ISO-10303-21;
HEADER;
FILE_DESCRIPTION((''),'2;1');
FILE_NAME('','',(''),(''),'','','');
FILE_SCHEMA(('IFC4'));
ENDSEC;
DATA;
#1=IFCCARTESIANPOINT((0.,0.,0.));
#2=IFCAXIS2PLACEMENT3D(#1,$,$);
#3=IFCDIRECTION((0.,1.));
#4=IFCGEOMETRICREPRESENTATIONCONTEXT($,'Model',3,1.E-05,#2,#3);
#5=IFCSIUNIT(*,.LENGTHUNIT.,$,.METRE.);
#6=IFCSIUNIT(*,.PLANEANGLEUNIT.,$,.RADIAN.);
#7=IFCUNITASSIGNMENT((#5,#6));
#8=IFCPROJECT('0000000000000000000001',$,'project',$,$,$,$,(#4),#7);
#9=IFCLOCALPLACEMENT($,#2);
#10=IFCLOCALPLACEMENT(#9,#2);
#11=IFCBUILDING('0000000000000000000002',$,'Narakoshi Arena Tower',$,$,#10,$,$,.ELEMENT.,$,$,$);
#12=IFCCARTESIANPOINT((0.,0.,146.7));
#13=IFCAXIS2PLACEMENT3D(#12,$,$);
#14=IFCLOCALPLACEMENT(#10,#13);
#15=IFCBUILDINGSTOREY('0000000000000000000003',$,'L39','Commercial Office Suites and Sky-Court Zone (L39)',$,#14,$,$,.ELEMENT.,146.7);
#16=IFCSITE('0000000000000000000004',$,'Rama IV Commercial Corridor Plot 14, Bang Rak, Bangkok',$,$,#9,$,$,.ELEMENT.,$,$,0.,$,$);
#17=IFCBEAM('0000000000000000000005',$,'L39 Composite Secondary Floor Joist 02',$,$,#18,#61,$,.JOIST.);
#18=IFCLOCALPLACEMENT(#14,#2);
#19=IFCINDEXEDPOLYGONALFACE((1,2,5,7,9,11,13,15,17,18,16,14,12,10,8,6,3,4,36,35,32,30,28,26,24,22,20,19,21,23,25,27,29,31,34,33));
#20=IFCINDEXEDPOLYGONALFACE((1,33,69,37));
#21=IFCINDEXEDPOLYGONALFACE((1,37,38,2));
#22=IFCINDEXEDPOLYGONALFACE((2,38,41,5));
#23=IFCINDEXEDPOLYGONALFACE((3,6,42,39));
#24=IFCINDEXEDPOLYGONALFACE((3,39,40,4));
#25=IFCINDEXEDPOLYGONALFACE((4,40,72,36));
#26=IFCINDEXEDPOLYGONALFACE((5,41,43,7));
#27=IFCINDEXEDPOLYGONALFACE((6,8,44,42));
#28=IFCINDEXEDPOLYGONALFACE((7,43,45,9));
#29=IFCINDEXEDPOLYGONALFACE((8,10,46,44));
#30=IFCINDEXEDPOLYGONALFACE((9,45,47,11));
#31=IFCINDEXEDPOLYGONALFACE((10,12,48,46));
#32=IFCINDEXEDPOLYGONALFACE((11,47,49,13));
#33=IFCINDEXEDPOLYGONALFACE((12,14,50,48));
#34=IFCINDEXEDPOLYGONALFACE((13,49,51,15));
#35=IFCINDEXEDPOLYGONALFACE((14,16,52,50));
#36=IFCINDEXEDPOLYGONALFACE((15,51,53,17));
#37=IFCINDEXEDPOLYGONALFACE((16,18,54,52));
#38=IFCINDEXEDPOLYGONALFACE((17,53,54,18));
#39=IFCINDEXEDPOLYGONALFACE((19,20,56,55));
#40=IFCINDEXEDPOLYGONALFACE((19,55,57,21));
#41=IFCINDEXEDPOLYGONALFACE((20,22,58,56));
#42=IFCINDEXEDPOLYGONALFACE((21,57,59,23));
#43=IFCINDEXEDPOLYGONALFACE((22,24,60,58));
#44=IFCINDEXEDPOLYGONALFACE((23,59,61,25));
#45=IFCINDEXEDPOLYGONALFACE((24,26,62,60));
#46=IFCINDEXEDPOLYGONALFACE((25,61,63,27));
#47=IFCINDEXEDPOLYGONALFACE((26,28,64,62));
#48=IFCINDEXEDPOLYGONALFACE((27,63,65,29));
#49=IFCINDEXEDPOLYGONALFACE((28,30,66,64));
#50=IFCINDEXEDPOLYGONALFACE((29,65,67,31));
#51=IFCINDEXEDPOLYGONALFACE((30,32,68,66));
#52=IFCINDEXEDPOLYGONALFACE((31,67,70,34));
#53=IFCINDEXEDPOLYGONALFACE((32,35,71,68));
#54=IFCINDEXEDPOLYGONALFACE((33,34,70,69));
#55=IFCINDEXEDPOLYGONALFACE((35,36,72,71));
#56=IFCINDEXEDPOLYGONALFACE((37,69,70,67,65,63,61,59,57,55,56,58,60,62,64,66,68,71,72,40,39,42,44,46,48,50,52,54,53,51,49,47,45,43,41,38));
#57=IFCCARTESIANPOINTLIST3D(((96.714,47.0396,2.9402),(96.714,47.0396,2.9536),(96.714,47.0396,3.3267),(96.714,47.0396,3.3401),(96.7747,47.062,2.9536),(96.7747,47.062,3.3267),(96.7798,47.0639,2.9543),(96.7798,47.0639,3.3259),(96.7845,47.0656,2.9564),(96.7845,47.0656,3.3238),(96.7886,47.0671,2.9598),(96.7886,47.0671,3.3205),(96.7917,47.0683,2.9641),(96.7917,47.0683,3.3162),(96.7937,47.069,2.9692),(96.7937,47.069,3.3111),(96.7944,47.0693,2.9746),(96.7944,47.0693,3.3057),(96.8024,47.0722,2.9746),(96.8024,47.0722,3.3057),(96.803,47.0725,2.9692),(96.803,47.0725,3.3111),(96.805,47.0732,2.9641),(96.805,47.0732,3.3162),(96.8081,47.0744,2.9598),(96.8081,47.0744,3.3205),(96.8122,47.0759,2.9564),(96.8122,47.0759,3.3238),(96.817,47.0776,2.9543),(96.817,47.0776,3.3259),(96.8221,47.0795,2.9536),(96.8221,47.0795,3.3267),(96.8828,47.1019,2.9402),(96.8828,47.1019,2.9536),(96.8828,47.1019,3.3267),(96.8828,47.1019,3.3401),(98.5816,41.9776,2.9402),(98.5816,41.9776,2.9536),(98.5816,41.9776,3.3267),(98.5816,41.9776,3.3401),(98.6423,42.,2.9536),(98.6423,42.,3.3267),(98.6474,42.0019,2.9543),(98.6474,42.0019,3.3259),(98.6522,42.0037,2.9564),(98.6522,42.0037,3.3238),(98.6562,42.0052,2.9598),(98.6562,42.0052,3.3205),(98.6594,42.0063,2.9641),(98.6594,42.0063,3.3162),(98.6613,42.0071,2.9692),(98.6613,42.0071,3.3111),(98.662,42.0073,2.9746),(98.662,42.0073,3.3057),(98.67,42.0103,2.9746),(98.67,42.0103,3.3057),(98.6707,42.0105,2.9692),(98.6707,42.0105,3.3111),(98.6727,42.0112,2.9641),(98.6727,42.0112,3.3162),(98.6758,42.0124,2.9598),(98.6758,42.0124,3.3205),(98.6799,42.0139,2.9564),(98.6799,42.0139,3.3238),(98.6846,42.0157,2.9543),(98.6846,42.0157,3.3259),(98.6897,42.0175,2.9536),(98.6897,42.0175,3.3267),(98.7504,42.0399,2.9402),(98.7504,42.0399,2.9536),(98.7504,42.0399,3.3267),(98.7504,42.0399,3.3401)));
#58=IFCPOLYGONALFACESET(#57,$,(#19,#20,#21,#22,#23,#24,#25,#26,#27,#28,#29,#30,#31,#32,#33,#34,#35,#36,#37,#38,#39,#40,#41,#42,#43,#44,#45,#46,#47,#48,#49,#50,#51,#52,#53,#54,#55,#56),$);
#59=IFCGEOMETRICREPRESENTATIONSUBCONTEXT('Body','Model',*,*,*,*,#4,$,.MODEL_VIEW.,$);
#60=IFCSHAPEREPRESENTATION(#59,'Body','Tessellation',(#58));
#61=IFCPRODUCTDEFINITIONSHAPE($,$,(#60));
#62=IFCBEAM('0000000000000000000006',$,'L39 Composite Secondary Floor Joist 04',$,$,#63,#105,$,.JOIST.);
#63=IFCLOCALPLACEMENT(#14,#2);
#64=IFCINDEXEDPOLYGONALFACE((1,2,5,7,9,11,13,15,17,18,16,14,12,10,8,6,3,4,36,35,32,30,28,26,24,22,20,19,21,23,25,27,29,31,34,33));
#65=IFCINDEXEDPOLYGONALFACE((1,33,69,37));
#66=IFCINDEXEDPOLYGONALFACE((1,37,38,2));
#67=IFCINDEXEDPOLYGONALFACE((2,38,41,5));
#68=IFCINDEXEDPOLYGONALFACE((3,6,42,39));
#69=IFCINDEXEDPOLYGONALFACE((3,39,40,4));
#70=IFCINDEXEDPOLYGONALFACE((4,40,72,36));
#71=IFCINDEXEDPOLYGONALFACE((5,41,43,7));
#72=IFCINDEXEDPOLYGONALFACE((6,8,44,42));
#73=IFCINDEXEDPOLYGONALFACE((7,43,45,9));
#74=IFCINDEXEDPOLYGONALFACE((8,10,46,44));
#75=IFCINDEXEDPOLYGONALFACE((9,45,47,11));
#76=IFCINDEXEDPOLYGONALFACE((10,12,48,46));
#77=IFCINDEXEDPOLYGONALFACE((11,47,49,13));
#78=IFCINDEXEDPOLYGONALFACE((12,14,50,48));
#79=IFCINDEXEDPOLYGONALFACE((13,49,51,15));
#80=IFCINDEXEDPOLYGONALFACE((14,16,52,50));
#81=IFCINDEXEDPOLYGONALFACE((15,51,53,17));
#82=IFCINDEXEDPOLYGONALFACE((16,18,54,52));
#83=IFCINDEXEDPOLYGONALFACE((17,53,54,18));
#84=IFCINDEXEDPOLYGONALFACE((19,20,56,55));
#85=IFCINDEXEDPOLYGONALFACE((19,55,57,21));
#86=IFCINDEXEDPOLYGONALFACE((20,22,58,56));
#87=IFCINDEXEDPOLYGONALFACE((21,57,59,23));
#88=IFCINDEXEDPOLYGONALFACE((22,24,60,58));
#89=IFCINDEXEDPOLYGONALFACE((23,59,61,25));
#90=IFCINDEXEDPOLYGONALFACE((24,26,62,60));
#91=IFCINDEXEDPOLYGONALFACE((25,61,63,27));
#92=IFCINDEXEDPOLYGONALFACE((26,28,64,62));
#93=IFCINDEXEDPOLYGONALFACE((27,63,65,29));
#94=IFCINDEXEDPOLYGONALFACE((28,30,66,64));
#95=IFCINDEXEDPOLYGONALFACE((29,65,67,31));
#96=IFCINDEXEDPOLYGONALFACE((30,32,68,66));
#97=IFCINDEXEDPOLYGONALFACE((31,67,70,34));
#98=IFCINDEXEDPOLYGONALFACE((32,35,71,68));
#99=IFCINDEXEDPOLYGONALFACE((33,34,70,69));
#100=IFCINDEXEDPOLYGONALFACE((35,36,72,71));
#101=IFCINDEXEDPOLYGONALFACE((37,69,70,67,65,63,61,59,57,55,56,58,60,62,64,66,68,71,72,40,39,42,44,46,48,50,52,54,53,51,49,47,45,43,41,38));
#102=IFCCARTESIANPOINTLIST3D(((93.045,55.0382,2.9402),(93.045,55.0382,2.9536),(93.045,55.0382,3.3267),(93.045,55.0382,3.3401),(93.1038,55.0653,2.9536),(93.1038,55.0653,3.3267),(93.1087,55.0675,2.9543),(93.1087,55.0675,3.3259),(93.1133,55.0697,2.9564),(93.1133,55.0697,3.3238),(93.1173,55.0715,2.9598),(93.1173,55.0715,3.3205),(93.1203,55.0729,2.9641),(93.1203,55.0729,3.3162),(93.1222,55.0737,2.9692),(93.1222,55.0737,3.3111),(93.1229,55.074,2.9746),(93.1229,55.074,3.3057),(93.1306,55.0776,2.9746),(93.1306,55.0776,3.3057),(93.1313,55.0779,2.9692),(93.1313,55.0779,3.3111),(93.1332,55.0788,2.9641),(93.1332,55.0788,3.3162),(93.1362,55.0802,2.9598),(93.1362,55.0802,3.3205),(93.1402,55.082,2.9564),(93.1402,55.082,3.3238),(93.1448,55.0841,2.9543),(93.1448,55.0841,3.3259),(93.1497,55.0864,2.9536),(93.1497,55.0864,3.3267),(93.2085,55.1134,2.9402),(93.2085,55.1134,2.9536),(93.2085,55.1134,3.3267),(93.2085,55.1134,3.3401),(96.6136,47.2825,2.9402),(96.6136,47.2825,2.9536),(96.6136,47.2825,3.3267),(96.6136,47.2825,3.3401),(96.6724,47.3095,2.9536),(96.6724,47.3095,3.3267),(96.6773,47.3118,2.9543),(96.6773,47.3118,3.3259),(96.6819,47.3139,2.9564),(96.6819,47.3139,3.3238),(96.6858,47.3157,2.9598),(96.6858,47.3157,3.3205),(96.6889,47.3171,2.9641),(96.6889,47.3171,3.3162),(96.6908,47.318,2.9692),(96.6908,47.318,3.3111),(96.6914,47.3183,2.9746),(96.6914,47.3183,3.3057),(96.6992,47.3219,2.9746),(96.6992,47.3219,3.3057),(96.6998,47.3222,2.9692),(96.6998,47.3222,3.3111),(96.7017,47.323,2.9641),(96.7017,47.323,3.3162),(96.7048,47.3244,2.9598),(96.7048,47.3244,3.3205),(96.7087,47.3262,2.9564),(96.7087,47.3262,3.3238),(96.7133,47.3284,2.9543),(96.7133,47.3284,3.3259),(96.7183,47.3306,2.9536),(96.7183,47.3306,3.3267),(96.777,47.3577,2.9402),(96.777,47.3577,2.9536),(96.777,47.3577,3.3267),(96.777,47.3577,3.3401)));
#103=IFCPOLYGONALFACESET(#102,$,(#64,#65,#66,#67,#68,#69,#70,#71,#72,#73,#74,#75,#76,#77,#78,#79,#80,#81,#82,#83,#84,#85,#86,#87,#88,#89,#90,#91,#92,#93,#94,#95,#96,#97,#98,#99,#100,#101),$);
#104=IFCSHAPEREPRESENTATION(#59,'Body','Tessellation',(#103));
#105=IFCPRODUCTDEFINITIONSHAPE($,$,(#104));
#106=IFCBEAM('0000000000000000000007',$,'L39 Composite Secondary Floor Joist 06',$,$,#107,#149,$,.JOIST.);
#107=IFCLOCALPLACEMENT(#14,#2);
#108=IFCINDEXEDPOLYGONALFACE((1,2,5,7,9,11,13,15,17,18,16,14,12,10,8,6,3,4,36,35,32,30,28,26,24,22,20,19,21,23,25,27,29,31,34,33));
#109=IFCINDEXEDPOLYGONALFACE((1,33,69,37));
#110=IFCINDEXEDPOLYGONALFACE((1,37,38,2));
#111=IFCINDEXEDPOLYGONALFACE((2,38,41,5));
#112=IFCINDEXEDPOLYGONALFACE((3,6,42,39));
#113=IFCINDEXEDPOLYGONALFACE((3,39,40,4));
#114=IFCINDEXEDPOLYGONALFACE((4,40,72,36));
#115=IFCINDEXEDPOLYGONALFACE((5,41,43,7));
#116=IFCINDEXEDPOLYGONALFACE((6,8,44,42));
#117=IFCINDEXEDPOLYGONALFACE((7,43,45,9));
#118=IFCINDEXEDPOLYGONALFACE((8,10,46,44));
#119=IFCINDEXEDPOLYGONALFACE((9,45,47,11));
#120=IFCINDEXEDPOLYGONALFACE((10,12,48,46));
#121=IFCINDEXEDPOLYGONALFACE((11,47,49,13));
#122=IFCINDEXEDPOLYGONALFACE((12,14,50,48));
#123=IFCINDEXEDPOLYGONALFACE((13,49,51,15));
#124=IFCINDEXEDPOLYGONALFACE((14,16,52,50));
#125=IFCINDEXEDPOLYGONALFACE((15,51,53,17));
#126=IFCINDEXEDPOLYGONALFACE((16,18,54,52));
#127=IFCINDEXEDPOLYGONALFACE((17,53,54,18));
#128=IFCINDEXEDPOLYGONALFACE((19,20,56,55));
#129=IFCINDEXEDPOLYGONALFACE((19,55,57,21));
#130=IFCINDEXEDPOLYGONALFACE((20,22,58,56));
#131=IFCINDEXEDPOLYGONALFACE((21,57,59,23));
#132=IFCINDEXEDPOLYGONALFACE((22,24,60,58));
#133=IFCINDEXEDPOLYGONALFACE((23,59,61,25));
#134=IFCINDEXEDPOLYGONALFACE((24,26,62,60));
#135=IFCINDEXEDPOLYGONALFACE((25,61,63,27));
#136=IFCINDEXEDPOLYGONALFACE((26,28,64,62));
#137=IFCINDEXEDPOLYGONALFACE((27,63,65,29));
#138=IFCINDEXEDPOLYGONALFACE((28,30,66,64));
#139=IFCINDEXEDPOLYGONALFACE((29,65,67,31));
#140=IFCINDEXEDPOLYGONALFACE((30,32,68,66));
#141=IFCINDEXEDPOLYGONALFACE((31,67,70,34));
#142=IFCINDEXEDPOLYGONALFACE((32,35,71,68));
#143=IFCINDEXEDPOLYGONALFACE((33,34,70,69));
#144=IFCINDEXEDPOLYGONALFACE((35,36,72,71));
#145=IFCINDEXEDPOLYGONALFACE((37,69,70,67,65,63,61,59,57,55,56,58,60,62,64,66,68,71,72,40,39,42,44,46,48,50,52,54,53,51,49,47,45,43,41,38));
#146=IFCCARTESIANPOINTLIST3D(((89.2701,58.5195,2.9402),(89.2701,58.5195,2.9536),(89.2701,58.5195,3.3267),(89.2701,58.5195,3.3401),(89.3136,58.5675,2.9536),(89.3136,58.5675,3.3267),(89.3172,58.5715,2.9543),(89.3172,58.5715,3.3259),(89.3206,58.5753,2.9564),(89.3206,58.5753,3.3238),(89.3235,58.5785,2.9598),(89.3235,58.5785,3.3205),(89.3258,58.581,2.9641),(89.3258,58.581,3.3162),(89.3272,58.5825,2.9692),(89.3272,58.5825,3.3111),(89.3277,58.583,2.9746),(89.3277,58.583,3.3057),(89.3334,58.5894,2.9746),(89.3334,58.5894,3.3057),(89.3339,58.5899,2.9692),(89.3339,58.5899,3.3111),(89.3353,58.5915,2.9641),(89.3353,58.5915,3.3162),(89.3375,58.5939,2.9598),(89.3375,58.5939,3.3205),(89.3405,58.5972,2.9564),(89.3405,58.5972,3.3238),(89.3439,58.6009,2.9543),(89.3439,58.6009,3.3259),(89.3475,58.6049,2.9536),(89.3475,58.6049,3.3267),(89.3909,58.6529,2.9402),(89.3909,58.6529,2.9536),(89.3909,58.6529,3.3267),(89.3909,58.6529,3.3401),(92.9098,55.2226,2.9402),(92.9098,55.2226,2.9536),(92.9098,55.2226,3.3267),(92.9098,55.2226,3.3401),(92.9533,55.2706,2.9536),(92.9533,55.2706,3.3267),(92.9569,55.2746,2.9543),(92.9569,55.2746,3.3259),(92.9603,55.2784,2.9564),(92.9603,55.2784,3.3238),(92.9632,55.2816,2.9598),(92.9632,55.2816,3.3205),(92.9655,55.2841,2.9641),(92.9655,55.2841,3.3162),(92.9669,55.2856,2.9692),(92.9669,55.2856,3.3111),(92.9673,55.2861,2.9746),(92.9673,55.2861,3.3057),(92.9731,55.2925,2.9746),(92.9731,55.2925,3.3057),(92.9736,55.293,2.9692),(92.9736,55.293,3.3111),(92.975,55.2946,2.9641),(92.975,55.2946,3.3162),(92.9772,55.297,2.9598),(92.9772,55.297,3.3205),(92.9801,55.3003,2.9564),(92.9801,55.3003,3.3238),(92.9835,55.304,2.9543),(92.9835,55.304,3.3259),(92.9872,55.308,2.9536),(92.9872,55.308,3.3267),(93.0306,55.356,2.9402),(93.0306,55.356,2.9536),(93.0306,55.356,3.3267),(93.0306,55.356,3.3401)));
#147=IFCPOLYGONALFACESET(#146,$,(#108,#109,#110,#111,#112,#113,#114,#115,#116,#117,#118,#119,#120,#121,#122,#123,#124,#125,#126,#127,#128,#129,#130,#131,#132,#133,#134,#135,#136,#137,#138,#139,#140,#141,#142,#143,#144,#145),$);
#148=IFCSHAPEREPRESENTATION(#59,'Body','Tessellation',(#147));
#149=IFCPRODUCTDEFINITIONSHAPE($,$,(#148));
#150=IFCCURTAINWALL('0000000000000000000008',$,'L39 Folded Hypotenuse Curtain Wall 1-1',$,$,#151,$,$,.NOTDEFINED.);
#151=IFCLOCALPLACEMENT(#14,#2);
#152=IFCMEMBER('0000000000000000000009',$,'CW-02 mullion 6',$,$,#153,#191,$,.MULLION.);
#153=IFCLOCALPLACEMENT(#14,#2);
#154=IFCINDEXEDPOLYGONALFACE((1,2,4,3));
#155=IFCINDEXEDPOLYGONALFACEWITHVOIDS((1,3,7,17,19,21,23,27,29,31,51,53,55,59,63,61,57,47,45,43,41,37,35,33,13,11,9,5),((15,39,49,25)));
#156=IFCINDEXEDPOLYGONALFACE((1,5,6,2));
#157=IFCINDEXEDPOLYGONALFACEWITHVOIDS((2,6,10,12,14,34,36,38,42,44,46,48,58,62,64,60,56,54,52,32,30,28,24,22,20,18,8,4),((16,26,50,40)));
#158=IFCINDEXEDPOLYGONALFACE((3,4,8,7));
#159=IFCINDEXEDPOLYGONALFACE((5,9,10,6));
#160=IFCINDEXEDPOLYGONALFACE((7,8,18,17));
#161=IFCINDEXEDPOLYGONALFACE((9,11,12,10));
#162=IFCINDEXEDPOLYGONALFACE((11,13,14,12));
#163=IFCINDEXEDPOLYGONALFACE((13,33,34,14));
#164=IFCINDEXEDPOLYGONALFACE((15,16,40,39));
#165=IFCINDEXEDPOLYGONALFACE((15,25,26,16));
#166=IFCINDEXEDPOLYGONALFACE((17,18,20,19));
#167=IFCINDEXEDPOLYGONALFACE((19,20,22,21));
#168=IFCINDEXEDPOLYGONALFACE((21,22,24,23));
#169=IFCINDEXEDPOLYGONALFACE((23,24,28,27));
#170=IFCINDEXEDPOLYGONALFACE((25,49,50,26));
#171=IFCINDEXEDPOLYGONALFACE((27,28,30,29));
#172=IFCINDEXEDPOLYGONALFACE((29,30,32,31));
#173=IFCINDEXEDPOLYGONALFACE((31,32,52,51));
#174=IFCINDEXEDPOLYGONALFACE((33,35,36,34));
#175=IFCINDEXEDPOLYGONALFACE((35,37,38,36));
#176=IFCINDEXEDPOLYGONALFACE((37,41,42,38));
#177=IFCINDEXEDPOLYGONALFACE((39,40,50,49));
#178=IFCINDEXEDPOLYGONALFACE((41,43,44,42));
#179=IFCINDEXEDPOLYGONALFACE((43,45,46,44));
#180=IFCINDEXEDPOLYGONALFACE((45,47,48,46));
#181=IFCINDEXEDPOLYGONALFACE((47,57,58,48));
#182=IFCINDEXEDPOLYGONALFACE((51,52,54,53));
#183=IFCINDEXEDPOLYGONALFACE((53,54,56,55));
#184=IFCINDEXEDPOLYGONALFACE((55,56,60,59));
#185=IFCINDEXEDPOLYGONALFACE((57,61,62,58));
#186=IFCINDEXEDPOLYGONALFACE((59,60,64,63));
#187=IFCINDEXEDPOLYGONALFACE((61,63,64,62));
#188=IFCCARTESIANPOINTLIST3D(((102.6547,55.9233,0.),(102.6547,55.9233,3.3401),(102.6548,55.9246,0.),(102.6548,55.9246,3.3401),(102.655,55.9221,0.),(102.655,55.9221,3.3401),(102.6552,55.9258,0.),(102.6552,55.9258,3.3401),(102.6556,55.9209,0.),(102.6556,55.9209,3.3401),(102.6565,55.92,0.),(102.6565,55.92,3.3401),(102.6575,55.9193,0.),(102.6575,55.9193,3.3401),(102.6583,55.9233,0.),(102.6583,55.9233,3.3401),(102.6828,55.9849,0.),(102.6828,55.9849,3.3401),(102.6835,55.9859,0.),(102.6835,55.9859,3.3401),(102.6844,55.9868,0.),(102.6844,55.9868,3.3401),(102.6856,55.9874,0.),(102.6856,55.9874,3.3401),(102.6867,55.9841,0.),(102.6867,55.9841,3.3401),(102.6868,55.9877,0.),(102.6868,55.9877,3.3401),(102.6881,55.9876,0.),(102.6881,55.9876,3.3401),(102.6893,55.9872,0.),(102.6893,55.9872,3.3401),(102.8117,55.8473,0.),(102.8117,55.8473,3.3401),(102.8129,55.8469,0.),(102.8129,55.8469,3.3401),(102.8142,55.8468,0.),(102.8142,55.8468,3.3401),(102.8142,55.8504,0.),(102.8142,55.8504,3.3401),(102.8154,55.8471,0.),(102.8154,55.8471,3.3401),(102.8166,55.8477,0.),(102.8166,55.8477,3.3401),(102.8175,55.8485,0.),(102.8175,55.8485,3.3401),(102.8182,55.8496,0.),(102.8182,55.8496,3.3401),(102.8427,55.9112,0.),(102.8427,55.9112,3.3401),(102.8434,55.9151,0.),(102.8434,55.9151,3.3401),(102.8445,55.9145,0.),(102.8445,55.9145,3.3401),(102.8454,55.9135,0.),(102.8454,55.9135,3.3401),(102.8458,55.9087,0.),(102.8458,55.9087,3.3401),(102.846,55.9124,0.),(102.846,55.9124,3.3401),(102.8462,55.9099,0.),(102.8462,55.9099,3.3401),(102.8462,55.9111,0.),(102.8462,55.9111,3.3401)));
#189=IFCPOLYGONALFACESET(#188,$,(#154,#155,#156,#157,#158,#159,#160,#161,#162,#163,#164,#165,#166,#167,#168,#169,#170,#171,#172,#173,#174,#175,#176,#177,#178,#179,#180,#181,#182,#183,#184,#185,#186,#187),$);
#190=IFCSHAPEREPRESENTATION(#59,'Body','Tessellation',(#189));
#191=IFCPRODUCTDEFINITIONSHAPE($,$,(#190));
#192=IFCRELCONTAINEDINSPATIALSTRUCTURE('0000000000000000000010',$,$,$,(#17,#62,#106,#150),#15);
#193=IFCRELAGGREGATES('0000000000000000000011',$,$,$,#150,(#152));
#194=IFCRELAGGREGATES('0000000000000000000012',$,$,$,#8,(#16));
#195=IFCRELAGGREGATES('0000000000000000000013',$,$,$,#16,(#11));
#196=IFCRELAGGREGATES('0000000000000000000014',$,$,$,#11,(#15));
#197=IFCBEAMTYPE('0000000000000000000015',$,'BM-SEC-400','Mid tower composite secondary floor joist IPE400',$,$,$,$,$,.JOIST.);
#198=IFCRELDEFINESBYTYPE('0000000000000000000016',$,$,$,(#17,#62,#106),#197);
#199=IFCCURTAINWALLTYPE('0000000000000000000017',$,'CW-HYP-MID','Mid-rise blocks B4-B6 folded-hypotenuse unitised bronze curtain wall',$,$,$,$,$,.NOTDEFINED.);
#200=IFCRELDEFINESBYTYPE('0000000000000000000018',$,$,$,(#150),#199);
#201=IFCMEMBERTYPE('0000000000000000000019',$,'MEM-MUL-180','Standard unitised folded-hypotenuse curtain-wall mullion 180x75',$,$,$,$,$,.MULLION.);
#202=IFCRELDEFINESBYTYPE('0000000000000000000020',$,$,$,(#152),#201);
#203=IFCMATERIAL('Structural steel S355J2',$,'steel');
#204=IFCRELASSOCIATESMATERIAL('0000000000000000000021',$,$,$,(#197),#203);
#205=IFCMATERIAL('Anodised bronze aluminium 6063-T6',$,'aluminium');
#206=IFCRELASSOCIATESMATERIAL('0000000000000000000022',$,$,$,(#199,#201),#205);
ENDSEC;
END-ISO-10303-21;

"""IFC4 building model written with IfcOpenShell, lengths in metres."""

from ifc_helpers import new_model, si_unit, direction, frame, origin, origin_2d, place, context, subcontext, project, spatial, hollow_rectangle, i_section, extrude, material, material_profile, profile_set, type_object, element, aggregate, save


model = new_model("IFC4")

# Units and contexts
model_context = context("Model", 3, precision=1e-05, world=origin(), true_north=direction((0.0, 1.0)))
body_context = subcontext(model_context, "Body", "Model", "MODEL_VIEW")
ifc_project = project(units=[si_unit("LENGTHUNIT", "METRE"), si_unit("PLANEANGLEUNIT", "RADIAN")], contexts=[model_context])

# Site, building, storey
site_placement = place(None, origin())
site = spatial("IfcSite", under=ifc_project, at=site_placement, Name="Rama IV Commercial Corridor Plot 14, Bang Rak, Bangkok", CompositionType="ELEMENT", RefElevation=0.0)
building_placement = place(site_placement, origin())
building = spatial("IfcBuilding", under=site, at=building_placement, Name="Narakoshi Arena Tower", CompositionType="ELEMENT")
storey_placement = place(building_placement, frame((0.0, 0.0, 146.7)))
storey = spatial("IfcBuildingStorey", under=building, at=storey_placement, Name="L39", Description="Commercial Office Suites and Sky-Court Zone (L39)", CompositionType="ELEMENT", Elevation=146.7)

# Beams
ifc_material_1 = material(Name="Structural steel S355J2", Category="steel")
ifc_material_profile_1 = material_profile(ifc_material_1, i_section(OverallWidth=0.1799, OverallDepth=0.3999, WebThickness=0.0085, FlangeThickness=0.0134, FilletRadius=0.021, at=origin_2d()), Name="IPE400")
ifc_profile_set_1 = profile_set([ifc_material_profile_1], Name="Structural steel S355J2")
beam_type_1 = type_object("IfcBeamType", Name="BM-SEC-400", Description="Mid tower composite secondary floor joist IPE400", PredefinedType="JOIST", material=ifc_profile_set_1)
beam_1_placement = place(storey_placement, frame((98.666, 42.0088, 3.1401), z_axis=(-0.34615, 0.938179, 0.0), x_axis=(-0.938179, -0.34615, 0.0)))
element("IfcBeam", 1, at=beam_1_placement, inside=storey, type_object=beam_type_1, Name="L39 Composite Secondary Floor Joist 02", PredefinedType="JOIST", context=body_context, shape_type="SweptSolid", body=[
    extrude(i_section(OverallWidth=0.1799, OverallDepth=0.3999, WebThickness=0.0085, FlangeThickness=0.0134, FilletRadius=0.021, at=origin_2d()), origin(), (0.0, 0.0, 1.0), 5.3955),
])
beam_2_placement = place(storey_placement, frame((96.6953, 47.3201, 3.1401), z_axis=(-0.417993, 0.90845, 0.0), x_axis=(-0.90845, -0.417993, 0.0)))
element("IfcBeam", 2, at=beam_2_placement, inside=storey, type_object=beam_type_1, Name="L39 Composite Secondary Floor Joist 04", PredefinedType="JOIST", context=body_context, shape_type="SweptSolid", body=[
    extrude(i_section(OverallWidth=0.1799, OverallDepth=0.3999, WebThickness=0.0085, FlangeThickness=0.0134, FilletRadius=0.021, at=origin_2d()), origin(), (0.0, 0.0, 1.0), 8.5374),
])
beam_3_placement = place(storey_placement, frame((92.9702, 55.2893, 3.1401), z_axis=(-0.741145, 0.671345, 0.0), x_axis=(-0.671345, -0.741145, 0.0)))
element("IfcBeam", 3, at=beam_3_placement, inside=storey, type_object=beam_type_1, Name="L39 Composite Secondary Floor Joist 06", PredefinedType="JOIST", context=body_context, shape_type="SweptSolid", body=[
    extrude(i_section(OverallWidth=0.1799, OverallDepth=0.3999, WebThickness=0.0085, FlangeThickness=0.0134, FilletRadius=0.021, at=origin_2d()), origin(), (0.0, 0.0, 1.0), 4.9109),
])

# Curtain wall, member
ifc_material_2 = material(Name="Anodised bronze aluminium 6063-T6", Category="aluminium")
curtain_wall_type = type_object("IfcCurtainWallType", Name="CW-HYP-MID", Description="Mid-rise blocks B4-B6 folded-hypotenuse unitised bronze curtain wall", PredefinedType="NOTDEFINED", material=ifc_material_2)
curtain_wall_placement = place(storey_placement, origin())
curtain_wall = element("IfcCurtainWall", 4, at=curtain_wall_placement, inside=storey, type_object=curtain_wall_type, Name="L39 Folded Hypotenuse Curtain Wall 1-1", PredefinedType="NOTDEFINED")
ifc_material_profile_2 = material_profile(ifc_material_2, hollow_rectangle(XDim=0.075, YDim=0.1799, WallThickness=0.0039, OuterFilletRadius=0.0049, at=origin_2d()), Name="MUL180x75x4")
ifc_profile_set_2 = profile_set([ifc_material_profile_2], Name="Anodised bronze aluminium 6063-T6")
member_type_1 = type_object("IfcMemberType", Name="MEM-MUL-180", Description="Standard unitised folded-hypotenuse curtain-wall mullion 180x75", PredefinedType="MULLION", material=ifc_profile_set_2)
member_1_placement = place(storey_placement, frame((102.7505, 55.9172, 0.0), z_axis=(0.0, 0.0, 1.0), x_axis=(-0.423532, -0.905881, 0.0)))
member_1 = element("IfcMember", 5, at=member_1_placement, type_object=member_type_1, Name="CW-02 mullion 6", PredefinedType="MULLION", context=body_context, shape_type="SweptSolid", body=[
    extrude(hollow_rectangle(XDim=0.075, YDim=0.1799, WallThickness=0.0039, OuterFilletRadius=0.0049, at=origin_2d()), origin(), (0.0, 0.0, 1.0), 3.3401),
])
aggregate(curtain_wall, [member_1])

save(model, "model.ifc")
